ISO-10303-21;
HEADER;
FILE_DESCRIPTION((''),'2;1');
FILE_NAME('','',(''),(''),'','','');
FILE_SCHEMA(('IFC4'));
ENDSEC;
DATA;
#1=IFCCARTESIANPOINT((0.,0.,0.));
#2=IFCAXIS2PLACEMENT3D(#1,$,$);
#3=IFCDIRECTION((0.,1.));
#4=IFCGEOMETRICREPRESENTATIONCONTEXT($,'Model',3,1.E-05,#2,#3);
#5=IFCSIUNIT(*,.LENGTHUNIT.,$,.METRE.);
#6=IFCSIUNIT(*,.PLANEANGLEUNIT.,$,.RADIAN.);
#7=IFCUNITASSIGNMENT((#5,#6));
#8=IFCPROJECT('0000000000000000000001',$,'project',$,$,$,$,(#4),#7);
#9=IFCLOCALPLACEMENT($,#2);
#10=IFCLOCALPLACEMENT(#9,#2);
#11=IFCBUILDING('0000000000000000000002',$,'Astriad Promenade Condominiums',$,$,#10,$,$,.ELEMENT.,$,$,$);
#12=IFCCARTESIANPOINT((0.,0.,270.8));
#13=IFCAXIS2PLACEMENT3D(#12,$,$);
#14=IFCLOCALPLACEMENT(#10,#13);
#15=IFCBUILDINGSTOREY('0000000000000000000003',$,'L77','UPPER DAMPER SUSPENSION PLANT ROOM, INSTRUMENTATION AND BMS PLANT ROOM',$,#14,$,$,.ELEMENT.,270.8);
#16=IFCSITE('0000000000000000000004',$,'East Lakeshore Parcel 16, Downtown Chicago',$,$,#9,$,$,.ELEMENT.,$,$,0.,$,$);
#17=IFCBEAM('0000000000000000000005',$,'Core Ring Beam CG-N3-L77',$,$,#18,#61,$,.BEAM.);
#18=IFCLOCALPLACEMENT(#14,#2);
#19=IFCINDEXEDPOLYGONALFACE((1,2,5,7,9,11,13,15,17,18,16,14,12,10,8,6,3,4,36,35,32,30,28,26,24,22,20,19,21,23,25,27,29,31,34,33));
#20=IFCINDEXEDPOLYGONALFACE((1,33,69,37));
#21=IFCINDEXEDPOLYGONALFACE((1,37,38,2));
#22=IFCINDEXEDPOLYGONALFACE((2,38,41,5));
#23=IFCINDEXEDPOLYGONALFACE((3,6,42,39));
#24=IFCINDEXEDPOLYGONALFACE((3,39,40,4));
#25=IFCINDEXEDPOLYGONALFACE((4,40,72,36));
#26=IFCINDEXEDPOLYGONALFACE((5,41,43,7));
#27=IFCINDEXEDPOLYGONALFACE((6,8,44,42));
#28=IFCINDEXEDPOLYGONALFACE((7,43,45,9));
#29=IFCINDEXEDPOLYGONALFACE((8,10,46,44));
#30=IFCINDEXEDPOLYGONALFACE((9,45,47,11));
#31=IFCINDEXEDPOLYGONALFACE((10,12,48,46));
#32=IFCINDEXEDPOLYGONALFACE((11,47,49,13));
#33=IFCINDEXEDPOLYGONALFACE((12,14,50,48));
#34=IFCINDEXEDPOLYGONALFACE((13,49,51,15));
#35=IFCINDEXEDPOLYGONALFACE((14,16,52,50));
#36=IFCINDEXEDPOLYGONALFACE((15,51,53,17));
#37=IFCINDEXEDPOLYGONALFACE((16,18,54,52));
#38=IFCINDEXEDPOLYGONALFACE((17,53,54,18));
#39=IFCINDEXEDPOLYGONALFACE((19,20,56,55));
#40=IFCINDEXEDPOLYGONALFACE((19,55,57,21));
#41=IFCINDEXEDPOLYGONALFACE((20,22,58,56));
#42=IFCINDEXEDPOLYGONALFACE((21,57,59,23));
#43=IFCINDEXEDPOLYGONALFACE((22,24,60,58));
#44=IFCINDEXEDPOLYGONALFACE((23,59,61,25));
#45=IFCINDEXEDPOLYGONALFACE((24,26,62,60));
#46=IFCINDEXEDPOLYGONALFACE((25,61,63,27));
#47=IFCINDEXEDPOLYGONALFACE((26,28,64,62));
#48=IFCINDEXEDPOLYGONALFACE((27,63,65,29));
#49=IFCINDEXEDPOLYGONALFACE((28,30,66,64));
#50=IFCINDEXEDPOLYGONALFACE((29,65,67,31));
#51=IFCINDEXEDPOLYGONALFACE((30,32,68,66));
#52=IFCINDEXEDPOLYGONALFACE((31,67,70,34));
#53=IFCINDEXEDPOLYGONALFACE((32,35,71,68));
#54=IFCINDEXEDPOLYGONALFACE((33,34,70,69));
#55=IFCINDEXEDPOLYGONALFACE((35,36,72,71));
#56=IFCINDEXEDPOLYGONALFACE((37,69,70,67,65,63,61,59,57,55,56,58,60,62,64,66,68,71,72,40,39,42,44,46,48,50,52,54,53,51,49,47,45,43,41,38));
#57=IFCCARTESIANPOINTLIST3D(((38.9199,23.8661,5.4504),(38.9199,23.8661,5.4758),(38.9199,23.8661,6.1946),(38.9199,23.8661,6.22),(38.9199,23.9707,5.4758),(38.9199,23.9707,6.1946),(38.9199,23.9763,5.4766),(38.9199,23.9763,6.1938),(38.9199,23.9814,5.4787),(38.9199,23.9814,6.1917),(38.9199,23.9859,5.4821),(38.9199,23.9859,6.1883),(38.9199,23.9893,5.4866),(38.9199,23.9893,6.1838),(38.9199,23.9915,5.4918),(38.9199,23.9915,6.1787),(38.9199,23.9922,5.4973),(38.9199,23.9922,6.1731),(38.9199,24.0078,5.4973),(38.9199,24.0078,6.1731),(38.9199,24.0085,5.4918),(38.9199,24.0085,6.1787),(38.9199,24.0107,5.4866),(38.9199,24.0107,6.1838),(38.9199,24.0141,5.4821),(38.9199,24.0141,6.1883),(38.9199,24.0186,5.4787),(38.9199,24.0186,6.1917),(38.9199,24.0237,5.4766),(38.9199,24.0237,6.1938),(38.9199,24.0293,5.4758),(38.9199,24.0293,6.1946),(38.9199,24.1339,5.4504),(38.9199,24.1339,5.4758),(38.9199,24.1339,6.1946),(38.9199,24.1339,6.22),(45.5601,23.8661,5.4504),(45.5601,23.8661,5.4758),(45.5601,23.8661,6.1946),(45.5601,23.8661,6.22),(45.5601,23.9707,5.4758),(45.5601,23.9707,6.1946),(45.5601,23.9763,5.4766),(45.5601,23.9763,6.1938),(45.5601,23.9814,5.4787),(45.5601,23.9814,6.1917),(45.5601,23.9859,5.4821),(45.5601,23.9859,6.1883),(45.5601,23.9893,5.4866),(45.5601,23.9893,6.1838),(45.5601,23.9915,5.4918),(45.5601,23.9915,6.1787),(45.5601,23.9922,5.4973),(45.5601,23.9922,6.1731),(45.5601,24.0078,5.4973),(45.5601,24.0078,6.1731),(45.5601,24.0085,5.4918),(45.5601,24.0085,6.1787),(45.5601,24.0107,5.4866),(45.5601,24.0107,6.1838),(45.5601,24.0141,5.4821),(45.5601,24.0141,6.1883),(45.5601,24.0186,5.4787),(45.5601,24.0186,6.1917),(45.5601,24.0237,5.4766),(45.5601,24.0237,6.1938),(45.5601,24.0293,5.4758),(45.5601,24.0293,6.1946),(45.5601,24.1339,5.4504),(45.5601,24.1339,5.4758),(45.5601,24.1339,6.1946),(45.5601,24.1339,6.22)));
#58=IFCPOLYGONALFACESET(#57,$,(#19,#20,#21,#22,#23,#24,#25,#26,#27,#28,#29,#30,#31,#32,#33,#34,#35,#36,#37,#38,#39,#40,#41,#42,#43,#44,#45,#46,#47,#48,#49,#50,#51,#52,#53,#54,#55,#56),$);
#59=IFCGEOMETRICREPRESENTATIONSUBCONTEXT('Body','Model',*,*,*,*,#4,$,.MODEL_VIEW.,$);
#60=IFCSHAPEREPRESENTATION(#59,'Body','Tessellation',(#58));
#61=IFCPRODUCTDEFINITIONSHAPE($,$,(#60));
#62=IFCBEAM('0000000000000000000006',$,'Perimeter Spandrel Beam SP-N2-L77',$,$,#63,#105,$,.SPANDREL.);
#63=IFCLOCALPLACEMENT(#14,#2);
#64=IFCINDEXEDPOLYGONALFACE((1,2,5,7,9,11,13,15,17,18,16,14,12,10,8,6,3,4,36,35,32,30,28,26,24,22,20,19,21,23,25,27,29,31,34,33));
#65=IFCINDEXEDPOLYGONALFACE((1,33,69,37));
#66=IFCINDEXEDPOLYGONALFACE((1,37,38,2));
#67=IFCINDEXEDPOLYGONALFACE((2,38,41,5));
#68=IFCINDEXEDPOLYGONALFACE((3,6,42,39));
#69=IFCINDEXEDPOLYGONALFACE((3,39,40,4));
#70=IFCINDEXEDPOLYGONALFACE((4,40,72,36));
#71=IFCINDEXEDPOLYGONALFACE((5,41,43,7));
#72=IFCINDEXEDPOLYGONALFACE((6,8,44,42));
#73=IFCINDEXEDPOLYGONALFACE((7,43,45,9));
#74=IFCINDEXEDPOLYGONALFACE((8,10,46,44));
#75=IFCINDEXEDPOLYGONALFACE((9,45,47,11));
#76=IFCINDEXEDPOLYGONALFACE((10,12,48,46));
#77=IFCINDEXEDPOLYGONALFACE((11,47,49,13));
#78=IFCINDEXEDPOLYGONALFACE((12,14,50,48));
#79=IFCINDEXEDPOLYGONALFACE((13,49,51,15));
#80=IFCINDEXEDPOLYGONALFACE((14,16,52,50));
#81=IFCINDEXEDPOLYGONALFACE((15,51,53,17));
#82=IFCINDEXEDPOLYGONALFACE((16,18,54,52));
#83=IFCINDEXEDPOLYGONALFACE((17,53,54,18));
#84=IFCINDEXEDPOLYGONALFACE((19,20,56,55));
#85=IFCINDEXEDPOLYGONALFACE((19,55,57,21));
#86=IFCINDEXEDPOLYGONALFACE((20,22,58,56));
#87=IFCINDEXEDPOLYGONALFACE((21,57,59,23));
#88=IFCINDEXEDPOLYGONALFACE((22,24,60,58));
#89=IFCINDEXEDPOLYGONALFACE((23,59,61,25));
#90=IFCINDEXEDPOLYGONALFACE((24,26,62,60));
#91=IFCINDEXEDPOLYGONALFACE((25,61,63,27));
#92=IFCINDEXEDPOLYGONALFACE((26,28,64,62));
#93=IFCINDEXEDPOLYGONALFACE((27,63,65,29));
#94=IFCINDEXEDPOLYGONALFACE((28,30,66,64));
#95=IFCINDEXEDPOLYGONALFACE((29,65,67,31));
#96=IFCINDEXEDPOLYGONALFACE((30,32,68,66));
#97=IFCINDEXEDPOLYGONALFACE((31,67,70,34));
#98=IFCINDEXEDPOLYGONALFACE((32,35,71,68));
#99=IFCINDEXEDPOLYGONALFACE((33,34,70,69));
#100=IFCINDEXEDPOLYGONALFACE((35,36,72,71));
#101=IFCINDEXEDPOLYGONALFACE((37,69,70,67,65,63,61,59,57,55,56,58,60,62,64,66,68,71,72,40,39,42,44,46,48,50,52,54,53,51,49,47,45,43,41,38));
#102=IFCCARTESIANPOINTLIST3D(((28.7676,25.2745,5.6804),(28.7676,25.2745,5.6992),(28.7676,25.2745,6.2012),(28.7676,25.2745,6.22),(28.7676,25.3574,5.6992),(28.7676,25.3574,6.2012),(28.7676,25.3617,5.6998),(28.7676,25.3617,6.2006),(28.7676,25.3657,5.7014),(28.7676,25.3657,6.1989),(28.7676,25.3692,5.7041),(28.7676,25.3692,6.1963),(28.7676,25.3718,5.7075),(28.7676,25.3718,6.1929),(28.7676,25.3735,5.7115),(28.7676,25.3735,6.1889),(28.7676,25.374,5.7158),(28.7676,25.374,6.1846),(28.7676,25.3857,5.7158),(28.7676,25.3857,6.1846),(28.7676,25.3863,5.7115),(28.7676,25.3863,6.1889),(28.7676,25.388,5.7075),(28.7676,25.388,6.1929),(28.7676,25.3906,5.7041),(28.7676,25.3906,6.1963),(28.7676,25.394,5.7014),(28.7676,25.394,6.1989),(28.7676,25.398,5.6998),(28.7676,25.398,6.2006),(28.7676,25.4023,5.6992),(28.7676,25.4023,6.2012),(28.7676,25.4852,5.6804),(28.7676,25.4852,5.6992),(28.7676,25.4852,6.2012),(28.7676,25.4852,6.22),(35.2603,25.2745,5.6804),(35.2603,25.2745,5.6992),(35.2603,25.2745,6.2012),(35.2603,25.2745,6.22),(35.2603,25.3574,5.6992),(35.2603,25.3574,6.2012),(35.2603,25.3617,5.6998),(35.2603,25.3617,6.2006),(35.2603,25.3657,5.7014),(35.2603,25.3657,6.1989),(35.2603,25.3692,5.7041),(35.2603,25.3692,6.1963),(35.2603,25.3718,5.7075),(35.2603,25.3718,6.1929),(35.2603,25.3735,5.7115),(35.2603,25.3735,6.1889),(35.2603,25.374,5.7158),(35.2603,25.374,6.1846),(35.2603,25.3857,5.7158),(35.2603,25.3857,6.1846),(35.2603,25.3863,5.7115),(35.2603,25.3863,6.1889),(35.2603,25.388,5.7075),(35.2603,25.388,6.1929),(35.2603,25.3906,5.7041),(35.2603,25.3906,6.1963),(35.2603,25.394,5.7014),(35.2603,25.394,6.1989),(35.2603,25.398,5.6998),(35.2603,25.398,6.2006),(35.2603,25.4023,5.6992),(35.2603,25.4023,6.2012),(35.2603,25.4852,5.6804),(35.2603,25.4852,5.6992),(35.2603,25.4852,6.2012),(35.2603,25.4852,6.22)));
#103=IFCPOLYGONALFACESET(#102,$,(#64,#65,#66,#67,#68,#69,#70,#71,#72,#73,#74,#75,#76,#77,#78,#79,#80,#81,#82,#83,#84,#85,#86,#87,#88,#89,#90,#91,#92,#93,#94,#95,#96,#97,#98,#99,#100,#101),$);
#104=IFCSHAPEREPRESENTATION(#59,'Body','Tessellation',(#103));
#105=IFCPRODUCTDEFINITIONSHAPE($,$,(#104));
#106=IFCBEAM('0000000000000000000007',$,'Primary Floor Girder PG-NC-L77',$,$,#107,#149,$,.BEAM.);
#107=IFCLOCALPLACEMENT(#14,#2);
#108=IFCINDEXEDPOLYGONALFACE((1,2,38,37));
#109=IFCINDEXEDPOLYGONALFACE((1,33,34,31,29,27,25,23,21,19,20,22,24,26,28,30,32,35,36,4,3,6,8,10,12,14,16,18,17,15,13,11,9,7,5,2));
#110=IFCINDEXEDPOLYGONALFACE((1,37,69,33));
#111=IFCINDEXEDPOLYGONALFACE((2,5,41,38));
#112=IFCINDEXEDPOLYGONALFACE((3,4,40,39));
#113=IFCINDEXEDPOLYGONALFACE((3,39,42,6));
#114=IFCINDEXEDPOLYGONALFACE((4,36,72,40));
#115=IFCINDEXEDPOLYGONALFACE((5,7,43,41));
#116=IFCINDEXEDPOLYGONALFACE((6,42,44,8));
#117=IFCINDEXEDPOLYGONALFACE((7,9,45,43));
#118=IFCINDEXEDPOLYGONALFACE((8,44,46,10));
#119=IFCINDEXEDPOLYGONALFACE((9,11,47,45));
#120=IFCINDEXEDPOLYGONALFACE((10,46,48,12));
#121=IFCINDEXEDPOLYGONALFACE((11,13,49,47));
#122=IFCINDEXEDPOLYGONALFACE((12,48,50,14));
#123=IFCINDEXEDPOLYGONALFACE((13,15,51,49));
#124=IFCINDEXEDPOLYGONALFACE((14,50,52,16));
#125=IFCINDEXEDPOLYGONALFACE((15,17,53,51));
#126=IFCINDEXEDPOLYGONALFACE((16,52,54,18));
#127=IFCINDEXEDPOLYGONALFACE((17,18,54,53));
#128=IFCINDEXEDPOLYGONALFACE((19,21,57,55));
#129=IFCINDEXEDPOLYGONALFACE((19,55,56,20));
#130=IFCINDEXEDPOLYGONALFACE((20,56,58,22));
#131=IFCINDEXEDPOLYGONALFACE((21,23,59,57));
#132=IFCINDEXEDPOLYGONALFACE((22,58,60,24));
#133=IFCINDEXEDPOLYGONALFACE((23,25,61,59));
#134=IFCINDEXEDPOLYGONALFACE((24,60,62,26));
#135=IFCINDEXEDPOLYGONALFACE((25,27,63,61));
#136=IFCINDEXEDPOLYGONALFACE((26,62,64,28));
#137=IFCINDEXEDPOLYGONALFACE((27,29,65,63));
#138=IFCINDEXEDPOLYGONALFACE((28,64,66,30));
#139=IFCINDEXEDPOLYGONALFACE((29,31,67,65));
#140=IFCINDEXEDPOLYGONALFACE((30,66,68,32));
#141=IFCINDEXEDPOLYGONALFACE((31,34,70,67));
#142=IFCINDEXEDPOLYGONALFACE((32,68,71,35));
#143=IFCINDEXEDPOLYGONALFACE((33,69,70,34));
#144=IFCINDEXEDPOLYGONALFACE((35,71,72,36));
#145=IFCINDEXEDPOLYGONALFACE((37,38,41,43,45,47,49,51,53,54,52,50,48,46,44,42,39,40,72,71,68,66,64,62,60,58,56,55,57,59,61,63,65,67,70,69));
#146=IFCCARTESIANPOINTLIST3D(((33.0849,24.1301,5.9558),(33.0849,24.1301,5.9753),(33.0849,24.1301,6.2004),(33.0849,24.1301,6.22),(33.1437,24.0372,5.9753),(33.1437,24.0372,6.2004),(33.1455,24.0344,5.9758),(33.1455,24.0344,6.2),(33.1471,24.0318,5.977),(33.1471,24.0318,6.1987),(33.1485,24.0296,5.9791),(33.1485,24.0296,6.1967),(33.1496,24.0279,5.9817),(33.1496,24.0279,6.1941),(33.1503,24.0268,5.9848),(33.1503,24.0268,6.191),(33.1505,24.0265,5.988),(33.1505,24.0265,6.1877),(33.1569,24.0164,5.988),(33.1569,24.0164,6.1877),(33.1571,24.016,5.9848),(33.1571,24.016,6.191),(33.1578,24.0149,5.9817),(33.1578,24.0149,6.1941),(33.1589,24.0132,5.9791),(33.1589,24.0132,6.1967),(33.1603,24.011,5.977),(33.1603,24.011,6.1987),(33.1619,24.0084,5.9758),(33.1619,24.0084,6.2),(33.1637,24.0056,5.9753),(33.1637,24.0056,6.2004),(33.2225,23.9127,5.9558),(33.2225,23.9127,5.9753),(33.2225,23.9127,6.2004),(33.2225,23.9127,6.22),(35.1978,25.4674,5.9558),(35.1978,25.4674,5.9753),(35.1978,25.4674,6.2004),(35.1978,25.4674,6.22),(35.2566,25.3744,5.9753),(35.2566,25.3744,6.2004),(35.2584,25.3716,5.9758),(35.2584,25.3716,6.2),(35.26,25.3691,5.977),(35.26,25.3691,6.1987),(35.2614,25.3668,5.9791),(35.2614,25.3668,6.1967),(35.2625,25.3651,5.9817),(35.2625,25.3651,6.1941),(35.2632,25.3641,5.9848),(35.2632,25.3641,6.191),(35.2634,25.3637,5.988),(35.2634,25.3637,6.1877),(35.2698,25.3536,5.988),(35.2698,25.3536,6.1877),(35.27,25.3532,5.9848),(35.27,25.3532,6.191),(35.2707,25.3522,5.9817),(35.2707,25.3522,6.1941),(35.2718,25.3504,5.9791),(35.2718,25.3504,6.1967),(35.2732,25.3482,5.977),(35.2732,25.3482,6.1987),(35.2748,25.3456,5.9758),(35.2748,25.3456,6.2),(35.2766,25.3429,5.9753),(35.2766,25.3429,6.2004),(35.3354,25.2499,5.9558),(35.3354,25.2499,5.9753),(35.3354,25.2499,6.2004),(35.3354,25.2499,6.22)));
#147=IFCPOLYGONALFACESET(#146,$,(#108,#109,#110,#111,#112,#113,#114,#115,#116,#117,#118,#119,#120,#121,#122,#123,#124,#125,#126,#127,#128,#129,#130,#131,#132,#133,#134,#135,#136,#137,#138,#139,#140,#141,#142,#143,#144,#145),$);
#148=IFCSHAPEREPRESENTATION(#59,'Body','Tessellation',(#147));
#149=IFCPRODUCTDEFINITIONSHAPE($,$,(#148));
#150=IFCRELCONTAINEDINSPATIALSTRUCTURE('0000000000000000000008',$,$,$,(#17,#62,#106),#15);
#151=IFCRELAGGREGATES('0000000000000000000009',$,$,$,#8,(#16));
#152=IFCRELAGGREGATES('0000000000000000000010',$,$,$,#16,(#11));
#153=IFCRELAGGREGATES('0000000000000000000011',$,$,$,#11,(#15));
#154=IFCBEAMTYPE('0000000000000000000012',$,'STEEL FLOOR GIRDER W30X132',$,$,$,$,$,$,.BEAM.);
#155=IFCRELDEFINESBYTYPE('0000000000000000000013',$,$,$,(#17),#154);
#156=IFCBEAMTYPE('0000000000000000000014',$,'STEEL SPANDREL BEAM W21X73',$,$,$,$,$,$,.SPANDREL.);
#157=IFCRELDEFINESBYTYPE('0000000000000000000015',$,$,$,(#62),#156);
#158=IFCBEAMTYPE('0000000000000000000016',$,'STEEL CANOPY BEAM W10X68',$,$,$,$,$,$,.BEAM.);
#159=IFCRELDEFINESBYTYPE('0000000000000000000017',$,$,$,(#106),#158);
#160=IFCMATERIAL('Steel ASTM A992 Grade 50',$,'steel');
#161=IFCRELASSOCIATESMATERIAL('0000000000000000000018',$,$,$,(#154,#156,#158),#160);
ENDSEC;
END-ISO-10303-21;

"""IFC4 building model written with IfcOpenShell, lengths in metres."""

from ifc_helpers import new_model, si_unit, direction, frame, origin, origin_2d, place, context, subcontext, project, spatial, i_section, extrude, source, transform, mapped, material, material_profile, profile_set, type_object, type_shapes, element, save


model = new_model("IFC4")

# Units and contexts
model_context = context("Model", 3, precision=1e-05, world=origin(), true_north=direction((0.0, 1.0)))
body_context = subcontext(model_context, "Body", "Model", "MODEL_VIEW")
ifc_project = project(units=[si_unit("LENGTHUNIT", "METRE"), si_unit("PLANEANGLEUNIT", "RADIAN")], contexts=[model_context])

# Site, building, storey
site_placement = place(None, origin())
site = spatial("IfcSite", under=ifc_project, at=site_placement, Name="East Lakeshore Parcel 16, Downtown Chicago", CompositionType="ELEMENT", RefElevation=0.0)
building_placement = place(site_placement, origin())
building = spatial("IfcBuilding", under=site, at=building_placement, Name="Astriad Promenade Condominiums", CompositionType="ELEMENT")
storey_placement = place(building_placement, frame((0.0, 0.0, 270.8)))
storey = spatial("IfcBuildingStorey", under=building, at=storey_placement, Name="L77", Description="UPPER DAMPER SUSPENSION PLANT ROOM, INSTRUMENTATION AND BMS PLANT ROOM", CompositionType="ELEMENT", Elevation=270.8)

# Shared definitions
ifc_material_1 = material(Name="Steel ASTM A992 Grade 50", Category="steel")

# Beams
ifc_material_profile_1 = material_profile(ifc_material_1, i_section(OverallWidth=0.2678, OverallDepth=0.7695, WebThickness=0.0156, FlangeThickness=0.0254, FilletRadius=0.0215, at=origin_2d()), Name="W30X132")
ifc_profile_set_1 = profile_set([ifc_material_profile_1], Name="Steel ASTM A992 Grade 50")
beam_type_1 = type_object("IfcBeamType", Name="STEEL FLOOR GIRDER W30X132", PredefinedType="BEAM", material=ifc_profile_set_1)
shared_shape_1 = source(origin(), body_context, "Body", "SweptSolid", [
    extrude(i_section(OverallWidth=0.2678, OverallDepth=0.7695, WebThickness=0.0156, FlangeThickness=0.0254, FilletRadius=0.0215, at=origin_2d()), origin(), (0.0, 0.0, 1.0), 6.6401),
])
type_shapes(beam_type_1, [shared_shape_1])
beam_1_placement = place(storey_placement, frame((38.9199, 24.0, 5.8352), z_axis=(1.0, 0.0, 0.0), x_axis=(0.0, 1.0, 0.0)))
element("IfcBeam", 1, at=beam_1_placement, inside=storey, type_object=beam_type_1, Name="Core Ring Beam CG-N3-L77", PredefinedType="BEAM", context=body_context, shape_type="MappedRepresentation", body=[
    mapped(shared_shape_1, transform((0.0, 0.0, 0.0), scale=1.0)),
])
ifc_material_profile_2 = material_profile(ifc_material_1, i_section(OverallWidth=0.2107, OverallDepth=0.5396, WebThickness=0.0117, FlangeThickness=0.0188, FilletRadius=0.0166, at=origin_2d()), Name="W21X73")
ifc_profile_set_2 = profile_set([ifc_material_profile_2], Name="Steel ASTM A992 Grade 50")
beam_type_2 = type_object("IfcBeamType", Name="STEEL SPANDREL BEAM W21X73", PredefinedType="SPANDREL", material=ifc_profile_set_2)
shared_shape_2 = source(origin(), body_context, "Body", "SweptSolid", [
    extrude(i_section(OverallWidth=0.2107, OverallDepth=0.5396, WebThickness=0.0117, FlangeThickness=0.0188, FilletRadius=0.0166, at=origin_2d()), origin(), (0.0, 0.0, 1.0), 6.4927),
])
type_shapes(beam_type_2, [shared_shape_2])
beam_2_placement = place(storey_placement, frame((35.2603, 25.3799, 5.9502), z_axis=(-1.0, 0.0, 0.0), x_axis=(0.0, -1.0, 0.0)))
element("IfcBeam", 2, at=beam_2_placement, inside=storey, type_object=beam_type_2, Name="Perimeter Spandrel Beam SP-N2-L77", PredefinedType="SPANDREL", context=body_context, shape_type="MappedRepresentation", body=[
    mapped(shared_shape_2, transform((0.0, 0.0, 0.0), scale=1.0)),
])
ifc_material_profile_3 = material_profile(ifc_material_1, i_section(OverallWidth=0.2573, OverallDepth=0.2642, WebThickness=0.012, FlangeThickness=0.0195, FilletRadius=0.0127, at=origin_2d()), Name="W10X68")
ifc_profile_set_3 = profile_set([ifc_material_profile_3], Name="Steel ASTM A992 Grade 50")
beam_type_3 = type_object("IfcBeamType", Name="STEEL CANOPY BEAM W10X68", PredefinedType="BEAM", material=ifc_profile_set_3)
shared_shape_3 = source(origin(), body_context, "Body", "SweptSolid", [
    extrude(i_section(OverallWidth=0.2573, OverallDepth=0.2642, WebThickness=0.012, FlangeThickness=0.0195, FilletRadius=0.0127, at=origin_2d()), origin(), (0.0, 0.0, 1.0), 2.5005),
])
type_shapes(beam_type_3, [shared_shape_3])
beam_3_placement = place(storey_placement, frame((35.2666, 25.3586, 6.0879), z_axis=(-0.84499, -0.534783, 0.0), x_axis=(0.534783, -0.84499, 0.0)))
element("IfcBeam", 3, at=beam_3_placement, inside=storey, type_object=beam_type_3, Name="Primary Floor Girder PG-NC-L77", PredefinedType="BEAM", context=body_context, shape_type="MappedRepresentation", body=[
    mapped(shared_shape_3, transform((0.0, 0.0, 0.0), scale=1.0)),
])

save(model, "model.ifc")
